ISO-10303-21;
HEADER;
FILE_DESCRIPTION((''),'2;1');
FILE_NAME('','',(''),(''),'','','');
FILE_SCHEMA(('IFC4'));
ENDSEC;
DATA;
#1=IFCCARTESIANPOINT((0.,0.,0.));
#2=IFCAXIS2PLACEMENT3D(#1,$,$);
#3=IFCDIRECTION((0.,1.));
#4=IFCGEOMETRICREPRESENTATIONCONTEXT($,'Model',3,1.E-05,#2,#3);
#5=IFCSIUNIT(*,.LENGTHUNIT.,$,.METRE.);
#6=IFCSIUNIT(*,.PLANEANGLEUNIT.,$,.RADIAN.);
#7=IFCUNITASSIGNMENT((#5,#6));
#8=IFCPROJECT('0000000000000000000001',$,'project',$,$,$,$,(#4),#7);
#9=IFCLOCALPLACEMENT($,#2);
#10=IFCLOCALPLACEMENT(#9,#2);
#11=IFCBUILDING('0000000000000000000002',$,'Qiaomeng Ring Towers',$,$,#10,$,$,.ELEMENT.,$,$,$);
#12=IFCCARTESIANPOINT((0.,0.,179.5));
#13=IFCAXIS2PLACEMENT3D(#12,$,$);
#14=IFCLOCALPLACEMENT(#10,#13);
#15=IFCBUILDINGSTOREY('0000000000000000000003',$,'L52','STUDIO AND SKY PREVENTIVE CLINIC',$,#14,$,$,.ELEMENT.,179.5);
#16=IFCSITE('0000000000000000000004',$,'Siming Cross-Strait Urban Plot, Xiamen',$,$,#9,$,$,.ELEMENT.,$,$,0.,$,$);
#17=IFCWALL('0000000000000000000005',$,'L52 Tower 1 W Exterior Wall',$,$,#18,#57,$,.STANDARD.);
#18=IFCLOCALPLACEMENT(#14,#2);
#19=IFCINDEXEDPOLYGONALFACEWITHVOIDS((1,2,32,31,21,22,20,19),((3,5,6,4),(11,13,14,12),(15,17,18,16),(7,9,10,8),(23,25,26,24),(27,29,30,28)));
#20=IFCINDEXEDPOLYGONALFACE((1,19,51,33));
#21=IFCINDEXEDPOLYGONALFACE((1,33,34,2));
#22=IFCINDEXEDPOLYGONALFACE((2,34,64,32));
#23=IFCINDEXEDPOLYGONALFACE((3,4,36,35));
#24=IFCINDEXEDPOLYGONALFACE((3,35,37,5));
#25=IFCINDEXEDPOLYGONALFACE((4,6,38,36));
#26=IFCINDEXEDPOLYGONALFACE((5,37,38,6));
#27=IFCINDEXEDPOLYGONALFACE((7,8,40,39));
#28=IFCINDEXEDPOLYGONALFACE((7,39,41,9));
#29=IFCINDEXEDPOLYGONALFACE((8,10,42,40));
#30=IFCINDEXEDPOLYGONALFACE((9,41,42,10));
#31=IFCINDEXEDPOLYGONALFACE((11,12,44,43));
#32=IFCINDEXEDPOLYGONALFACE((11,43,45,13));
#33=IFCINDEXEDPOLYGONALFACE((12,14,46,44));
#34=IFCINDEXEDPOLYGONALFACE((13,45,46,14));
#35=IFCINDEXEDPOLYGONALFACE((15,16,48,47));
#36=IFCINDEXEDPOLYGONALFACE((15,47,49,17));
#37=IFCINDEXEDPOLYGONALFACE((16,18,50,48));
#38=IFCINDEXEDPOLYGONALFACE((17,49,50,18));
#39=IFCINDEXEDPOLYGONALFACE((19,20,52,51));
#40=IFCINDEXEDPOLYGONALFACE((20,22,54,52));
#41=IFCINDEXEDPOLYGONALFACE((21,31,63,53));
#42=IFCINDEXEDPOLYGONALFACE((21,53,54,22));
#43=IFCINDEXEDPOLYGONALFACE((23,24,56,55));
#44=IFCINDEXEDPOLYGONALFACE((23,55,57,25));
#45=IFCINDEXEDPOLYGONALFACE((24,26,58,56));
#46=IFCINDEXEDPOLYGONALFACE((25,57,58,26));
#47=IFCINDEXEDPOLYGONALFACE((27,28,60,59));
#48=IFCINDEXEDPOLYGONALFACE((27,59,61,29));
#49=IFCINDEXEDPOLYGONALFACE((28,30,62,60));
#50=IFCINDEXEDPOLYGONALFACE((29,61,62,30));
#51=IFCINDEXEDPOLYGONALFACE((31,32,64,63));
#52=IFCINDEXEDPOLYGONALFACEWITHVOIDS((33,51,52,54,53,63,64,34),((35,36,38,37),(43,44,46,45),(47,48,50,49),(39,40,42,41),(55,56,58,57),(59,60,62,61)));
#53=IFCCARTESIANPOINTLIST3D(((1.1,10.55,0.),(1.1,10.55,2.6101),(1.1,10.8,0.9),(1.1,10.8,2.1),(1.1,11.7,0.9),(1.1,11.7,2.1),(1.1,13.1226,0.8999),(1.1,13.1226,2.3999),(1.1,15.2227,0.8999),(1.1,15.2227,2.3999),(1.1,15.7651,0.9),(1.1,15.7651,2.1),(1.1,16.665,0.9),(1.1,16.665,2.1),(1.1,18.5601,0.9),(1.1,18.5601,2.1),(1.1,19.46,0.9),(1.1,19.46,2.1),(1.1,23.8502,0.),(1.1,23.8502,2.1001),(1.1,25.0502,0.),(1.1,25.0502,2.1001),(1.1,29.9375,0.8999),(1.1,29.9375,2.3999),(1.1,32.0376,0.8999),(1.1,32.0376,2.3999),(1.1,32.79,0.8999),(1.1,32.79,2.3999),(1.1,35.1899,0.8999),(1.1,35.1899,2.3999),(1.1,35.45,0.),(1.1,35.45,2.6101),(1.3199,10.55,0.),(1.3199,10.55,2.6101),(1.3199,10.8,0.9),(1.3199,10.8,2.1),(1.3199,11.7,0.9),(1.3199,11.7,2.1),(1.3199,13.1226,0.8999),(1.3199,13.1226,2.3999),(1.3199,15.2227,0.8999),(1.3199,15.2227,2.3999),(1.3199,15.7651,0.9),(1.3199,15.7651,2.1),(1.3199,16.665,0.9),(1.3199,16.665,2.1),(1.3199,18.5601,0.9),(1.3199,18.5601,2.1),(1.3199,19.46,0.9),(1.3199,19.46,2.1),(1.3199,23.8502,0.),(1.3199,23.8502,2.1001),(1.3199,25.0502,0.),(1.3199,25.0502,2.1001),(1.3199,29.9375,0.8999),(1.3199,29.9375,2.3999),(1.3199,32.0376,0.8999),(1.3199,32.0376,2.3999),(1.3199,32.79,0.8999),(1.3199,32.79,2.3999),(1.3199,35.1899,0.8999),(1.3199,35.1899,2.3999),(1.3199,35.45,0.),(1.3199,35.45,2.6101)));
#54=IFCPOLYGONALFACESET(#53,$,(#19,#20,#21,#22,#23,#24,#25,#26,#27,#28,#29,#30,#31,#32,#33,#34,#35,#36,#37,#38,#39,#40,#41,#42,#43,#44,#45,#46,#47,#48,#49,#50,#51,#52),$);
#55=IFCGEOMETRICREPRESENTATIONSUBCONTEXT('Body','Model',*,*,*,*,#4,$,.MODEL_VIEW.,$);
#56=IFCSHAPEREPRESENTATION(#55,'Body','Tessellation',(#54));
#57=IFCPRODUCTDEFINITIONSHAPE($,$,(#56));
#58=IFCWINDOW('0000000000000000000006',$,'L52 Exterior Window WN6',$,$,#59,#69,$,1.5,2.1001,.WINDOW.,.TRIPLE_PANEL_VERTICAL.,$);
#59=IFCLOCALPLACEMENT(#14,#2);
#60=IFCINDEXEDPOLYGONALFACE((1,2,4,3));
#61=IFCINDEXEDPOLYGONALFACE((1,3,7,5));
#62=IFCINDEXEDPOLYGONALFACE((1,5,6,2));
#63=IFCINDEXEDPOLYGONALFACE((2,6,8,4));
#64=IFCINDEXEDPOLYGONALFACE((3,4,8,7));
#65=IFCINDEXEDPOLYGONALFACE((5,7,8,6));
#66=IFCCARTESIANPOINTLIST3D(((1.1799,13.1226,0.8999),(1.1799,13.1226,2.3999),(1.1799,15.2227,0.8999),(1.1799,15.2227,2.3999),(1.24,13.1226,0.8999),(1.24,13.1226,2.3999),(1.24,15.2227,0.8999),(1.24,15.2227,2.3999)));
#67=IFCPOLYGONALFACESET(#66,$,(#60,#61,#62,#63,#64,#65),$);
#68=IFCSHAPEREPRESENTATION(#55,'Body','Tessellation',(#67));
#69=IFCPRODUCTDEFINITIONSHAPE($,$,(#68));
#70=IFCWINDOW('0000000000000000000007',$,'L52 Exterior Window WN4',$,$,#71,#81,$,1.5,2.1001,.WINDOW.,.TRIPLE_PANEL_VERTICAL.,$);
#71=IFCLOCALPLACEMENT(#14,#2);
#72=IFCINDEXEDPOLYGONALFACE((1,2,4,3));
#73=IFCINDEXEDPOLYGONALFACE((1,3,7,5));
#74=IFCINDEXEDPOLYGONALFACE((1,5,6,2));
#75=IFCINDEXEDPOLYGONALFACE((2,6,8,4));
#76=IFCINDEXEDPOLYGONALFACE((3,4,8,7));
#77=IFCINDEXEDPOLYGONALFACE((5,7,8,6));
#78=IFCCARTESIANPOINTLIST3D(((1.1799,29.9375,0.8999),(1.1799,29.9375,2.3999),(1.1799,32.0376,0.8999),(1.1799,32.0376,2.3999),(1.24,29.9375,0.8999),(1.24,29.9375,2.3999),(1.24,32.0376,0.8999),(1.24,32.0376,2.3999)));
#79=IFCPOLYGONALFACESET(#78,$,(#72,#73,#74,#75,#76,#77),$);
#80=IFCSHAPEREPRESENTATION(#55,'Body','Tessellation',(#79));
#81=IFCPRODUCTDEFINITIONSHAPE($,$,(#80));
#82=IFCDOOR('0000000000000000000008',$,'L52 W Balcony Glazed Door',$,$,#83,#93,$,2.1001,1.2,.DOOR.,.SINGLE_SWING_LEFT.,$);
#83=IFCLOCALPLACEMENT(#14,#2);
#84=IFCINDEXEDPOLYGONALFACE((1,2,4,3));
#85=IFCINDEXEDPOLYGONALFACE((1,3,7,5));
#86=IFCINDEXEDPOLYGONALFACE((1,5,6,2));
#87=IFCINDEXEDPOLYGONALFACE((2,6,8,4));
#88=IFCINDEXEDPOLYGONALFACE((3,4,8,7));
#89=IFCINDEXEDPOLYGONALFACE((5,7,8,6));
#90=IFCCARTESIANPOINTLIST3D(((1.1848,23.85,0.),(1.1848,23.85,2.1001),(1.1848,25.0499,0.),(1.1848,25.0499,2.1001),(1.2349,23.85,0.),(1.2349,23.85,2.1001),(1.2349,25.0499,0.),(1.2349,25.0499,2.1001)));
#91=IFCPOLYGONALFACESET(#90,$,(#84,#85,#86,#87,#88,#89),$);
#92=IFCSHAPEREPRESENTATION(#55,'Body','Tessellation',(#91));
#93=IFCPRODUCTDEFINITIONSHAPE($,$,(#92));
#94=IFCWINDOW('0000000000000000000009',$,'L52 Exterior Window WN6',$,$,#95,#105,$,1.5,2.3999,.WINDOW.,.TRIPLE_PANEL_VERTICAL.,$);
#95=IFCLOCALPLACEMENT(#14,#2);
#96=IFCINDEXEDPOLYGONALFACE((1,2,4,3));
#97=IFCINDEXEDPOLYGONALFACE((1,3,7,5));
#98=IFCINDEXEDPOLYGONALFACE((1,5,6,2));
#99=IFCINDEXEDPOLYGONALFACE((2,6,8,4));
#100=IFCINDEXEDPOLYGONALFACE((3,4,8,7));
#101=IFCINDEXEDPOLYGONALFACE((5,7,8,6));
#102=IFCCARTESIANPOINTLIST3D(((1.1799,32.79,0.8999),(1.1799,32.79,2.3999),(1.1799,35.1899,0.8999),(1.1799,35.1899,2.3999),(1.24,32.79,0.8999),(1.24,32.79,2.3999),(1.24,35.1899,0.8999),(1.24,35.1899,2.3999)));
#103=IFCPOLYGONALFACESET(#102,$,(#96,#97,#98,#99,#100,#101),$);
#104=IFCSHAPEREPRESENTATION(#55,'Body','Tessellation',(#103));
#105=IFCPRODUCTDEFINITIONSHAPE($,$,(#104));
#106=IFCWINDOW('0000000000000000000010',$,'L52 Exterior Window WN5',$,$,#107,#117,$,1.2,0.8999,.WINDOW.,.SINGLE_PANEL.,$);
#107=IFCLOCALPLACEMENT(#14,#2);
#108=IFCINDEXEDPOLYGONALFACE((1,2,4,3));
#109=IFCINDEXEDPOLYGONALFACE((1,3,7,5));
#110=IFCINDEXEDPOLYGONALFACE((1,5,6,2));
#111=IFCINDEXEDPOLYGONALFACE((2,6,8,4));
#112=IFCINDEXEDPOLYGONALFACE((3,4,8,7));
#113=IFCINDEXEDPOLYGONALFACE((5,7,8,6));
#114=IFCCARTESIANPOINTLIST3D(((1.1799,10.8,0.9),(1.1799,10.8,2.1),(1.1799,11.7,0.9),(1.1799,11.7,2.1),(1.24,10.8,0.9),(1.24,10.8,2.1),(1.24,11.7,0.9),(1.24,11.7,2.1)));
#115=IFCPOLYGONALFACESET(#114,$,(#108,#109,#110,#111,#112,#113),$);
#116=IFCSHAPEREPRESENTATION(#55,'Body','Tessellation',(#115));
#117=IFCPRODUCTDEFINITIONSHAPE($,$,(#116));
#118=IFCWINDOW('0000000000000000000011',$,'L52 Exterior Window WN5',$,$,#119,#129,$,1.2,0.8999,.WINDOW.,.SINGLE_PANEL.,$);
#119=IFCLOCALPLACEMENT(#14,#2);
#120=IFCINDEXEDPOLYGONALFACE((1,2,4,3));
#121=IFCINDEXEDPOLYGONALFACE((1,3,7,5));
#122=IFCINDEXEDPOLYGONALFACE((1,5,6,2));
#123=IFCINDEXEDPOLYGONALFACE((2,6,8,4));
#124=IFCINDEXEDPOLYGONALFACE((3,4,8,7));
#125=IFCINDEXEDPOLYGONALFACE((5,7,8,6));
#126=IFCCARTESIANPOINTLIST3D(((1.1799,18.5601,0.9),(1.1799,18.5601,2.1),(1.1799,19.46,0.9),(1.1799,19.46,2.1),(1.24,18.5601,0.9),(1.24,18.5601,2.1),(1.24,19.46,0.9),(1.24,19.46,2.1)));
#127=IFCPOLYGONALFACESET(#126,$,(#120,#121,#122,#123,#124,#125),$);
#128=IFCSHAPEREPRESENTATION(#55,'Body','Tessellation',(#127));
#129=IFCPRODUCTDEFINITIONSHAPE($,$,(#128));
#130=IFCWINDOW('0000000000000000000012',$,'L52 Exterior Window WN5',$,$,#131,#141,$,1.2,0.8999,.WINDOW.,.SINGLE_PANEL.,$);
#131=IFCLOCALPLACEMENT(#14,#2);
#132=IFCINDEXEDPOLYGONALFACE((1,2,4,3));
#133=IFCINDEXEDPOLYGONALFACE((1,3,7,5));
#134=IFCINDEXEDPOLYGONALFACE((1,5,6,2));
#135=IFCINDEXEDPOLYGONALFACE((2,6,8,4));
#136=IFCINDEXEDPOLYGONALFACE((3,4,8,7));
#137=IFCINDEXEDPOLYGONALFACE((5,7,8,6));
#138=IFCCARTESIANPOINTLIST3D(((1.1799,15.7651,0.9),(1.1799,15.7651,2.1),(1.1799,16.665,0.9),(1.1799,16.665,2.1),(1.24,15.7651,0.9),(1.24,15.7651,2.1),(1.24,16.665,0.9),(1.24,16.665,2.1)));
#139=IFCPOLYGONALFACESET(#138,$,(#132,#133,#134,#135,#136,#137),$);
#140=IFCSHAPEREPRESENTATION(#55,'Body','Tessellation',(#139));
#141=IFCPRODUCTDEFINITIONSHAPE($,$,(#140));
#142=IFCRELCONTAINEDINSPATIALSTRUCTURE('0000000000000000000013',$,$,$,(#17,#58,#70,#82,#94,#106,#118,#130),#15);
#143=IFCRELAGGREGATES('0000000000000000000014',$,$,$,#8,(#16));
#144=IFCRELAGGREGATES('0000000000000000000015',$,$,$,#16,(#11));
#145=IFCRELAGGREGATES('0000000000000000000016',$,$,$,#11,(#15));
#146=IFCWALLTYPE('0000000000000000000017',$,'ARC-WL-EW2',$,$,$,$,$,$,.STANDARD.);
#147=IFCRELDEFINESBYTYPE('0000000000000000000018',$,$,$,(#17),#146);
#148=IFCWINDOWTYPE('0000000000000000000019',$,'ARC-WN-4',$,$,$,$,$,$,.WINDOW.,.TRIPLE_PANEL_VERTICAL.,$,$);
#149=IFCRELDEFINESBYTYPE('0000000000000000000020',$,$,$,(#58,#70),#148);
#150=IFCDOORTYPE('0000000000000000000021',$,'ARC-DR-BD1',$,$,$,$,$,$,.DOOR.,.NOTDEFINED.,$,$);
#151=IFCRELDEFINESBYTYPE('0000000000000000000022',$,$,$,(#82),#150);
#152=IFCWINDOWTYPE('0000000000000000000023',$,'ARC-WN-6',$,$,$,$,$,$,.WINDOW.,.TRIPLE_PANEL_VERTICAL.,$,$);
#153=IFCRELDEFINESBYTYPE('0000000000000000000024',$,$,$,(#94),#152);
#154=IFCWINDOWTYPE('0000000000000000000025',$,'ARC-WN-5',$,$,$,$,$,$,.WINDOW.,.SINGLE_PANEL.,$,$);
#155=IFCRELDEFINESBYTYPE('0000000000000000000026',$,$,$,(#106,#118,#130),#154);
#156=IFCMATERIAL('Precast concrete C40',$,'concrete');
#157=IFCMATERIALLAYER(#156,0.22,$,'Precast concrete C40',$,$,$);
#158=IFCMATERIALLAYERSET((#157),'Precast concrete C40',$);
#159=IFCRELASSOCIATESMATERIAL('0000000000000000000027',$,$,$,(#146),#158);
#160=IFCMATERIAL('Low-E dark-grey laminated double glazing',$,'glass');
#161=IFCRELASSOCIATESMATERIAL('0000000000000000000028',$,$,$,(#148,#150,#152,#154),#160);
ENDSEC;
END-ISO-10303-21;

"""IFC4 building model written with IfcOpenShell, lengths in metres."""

from ifc_helpers import new_model, si_unit, direction, frame, frame_2d, origin, place, context, subcontext, project, spatial, rectangle, extrude, source, transform, mapped, material, layer, layer_set, type_object, element, fill, save


model = new_model("IFC4")

# Units and contexts
model_context = context("Model", 3, precision=1e-05, world=origin(), true_north=direction((0.0, 1.0)))
body_context = subcontext(model_context, "Body", "Model", "MODEL_VIEW")
ifc_project = project(units=[si_unit("LENGTHUNIT", "METRE"), si_unit("PLANEANGLEUNIT", "RADIAN")], contexts=[model_context])

# Site, building, storey
site_placement = place(None, origin())
site = spatial("IfcSite", under=ifc_project, at=site_placement, Name="Siming Cross-Strait Urban Plot, Xiamen", CompositionType="ELEMENT", RefElevation=0.0)
building_placement = place(site_placement, origin())
building = spatial("IfcBuilding", under=site, at=building_placement, Name="Qiaomeng Ring Towers", CompositionType="ELEMENT")
storey_placement = place(building_placement, frame((0.0, 0.0, 179.5)))
storey = spatial("IfcBuildingStorey", under=building, at=storey_placement, Name="L52", Description="STUDIO AND SKY PREVENTIVE CLINIC", CompositionType="ELEMENT", Elevation=179.5)

# Shared definitions
ifc_material_1 = material(Name="Precast concrete C40", Category="concrete")

# Wall, openings, windows, door
ifc_layer_1 = layer(ifc_material_1, 0.22, Name="Precast concrete C40")
ifc_layer_set_1 = layer_set([ifc_layer_1], Name="Precast concrete C40")
wall_type_1 = type_object("IfcWallType", Name="ARC-WL-EW2", PredefinedType="STANDARD", material=ifc_layer_set_1)
wall_1_placement = place(storey_placement, frame((1.21, 10.55, 0.0), z_axis=(0.0, 0.0, 1.0), x_axis=(0.0, 1.0, 0.0)))
wall_1 = element("IfcWall", 1, at=wall_1_placement, inside=storey, type_object=wall_type_1, Name="L52 Tower 1 W Exterior Wall", PredefinedType="STANDARD", context=body_context, shape_type="SweptSolid", body=[
    extrude(rectangle(XDim=24.8999, YDim=0.22, at=frame_2d((12.45, 0.0))), origin(), (0.0, 0.0, 1.0), 2.6101),
])
opening_1_placement = place(wall_1_placement, frame((13.3, 0.0, 0.0)))
opening_1 = element("IfcOpeningElement", 2, at=opening_1_placement, cuts=wall_1, PredefinedType="OPENING", context=body_context, shape_type="SweptSolid", body=[
    extrude(rectangle(XDim=1.2, YDim=2.1001, at=frame_2d((0.6001, 1.05))), frame((0.0, 0.1199, 0.0), z_axis=(0.0, -1.0, 0.0), x_axis=(1.0, 0.0, 0.0)), (0.0, 0.0, 1.0), 0.24),
])
opening_2_placement = place(wall_1_placement, frame((2.5725, 0.0, 0.8999)))
opening_2 = element("IfcOpeningElement", 3, at=opening_2_placement, cuts=wall_1, PredefinedType="OPENING", context=body_context, shape_type="SweptSolid", body=[
    extrude(rectangle(XDim=2.1001, YDim=1.5, at=frame_2d((1.05, 0.75))), frame((0.0, 0.1199, 0.0), z_axis=(0.0, -1.0, 0.0), x_axis=(1.0, 0.0, 0.0)), (0.0, 0.0, 1.0), 0.24),
])
opening_3_placement = place(wall_1_placement, frame((19.3875, 0.0, 0.8999)))
opening_3 = element("IfcOpeningElement", 4, at=opening_3_placement, cuts=wall_1, PredefinedType="OPENING", context=body_context, shape_type="SweptSolid", body=[
    extrude(rectangle(XDim=2.1001, YDim=1.5, at=frame_2d((1.05, 0.75))), frame((0.0, 0.1199, 0.0), z_axis=(0.0, -1.0, 0.0), x_axis=(1.0, 0.0, 0.0)), (0.0, 0.0, 1.0), 0.24),
])
opening_4_placement = place(wall_1_placement, frame((22.24, 0.0, 0.8999)))
opening_4 = element("IfcOpeningElement", 5, at=opening_4_placement, cuts=wall_1, PredefinedType="OPENING", context=body_context, shape_type="SweptSolid", body=[
    extrude(rectangle(XDim=2.3999, YDim=1.5, at=frame_2d((1.2, 0.75))), frame((0.0, 0.1199, 0.0), z_axis=(0.0, -1.0, 0.0), x_axis=(1.0, 0.0, 0.0)), (0.0, 0.0, 1.0), 0.24),
])
opening_5_placement = place(wall_1_placement, frame((0.25, 0.0, 0.8999)))
opening_5 = element("IfcOpeningElement", 6, at=opening_5_placement, cuts=wall_1, PredefinedType="OPENING", context=body_context, shape_type="SweptSolid", body=[
    extrude(rectangle(XDim=0.8999, YDim=1.2, at=frame_2d((0.45, 0.6001))), frame((0.0, 0.1199, 0.0), z_axis=(0.0, -1.0, 0.0), x_axis=(1.0, 0.0, 0.0)), (0.0, 0.0, 1.0), 0.24),
])
opening_6_placement = place(wall_1_placement, frame((8.01, 0.0, 0.8999)))
opening_6 = element("IfcOpeningElement", 7, at=opening_6_placement, cuts=wall_1, PredefinedType="OPENING", context=body_context, shape_type="SweptSolid", body=[
    extrude(rectangle(XDim=0.8999, YDim=1.2, at=frame_2d((0.45, 0.6001))), frame((0.0, 0.1199, 0.0), z_axis=(0.0, -1.0, 0.0), x_axis=(1.0, 0.0, 0.0)), (0.0, 0.0, 1.0), 0.24),
])
opening_7_placement = place(wall_1_placement, frame((5.2151, 0.0, 0.8999)))
opening_7 = element("IfcOpeningElement", 8, at=opening_7_placement, cuts=wall_1, PredefinedType="OPENING", context=body_context, shape_type="SweptSolid", body=[
    extrude(rectangle(XDim=0.8999, YDim=1.2, at=frame_2d((0.45, 0.6001))), frame((0.0, 0.1199, 0.0), z_axis=(0.0, -1.0, 0.0), x_axis=(1.0, 0.0, 0.0)), (0.0, 0.0, 1.0), 0.24),
])
ifc_material_2 = material(Name="Low-E dark-grey laminated double glazing", Category="glass")
window_type_1 = type_object("IfcWindowType", Name="ARC-WN-4", PartitioningType="TRIPLE_PANEL_VERTICAL", PredefinedType="WINDOW", material=ifc_material_2)
shared_shape_1 = source(origin(), body_context, "Body", "SweptSolid", [
    extrude(rectangle(XDim=2.1001, YDim=1.5, at=frame_2d((1.05, 0.75))), frame((0.0, 0.03, 0.0), z_axis=(0.0, -1.0, 0.0), x_axis=(1.0, 0.0, 0.0)), (0.0, 0.0, 1.0), 0.0601),
])
window_1_placement = place(opening_2_placement, origin())
window_1 = element("IfcWindow", 9, at=window_1_placement, inside=storey, type_object=window_type_1, Name="L52 Exterior Window WN6", OverallHeight=1.5, OverallWidth=2.1001, PartitioningType="TRIPLE_PANEL_VERTICAL", PredefinedType="WINDOW", context=body_context, shape_type="MappedRepresentation", body=[
    mapped(shared_shape_1, transform((0.0, 0.0, 0.0), x_axis=(1.0, 0.0, 0.0), y_axis=(0.0, 1.0, 0.0), z_axis=(0.0, 0.0, 1.0), scale=1.0)),
])
fill(opening_2, window_1)
window_2_placement = place(opening_3_placement, origin())
window_2 = element("IfcWindow", 10, at=window_2_placement, inside=storey, type_object=window_type_1, Name="L52 Exterior Window WN4", OverallHeight=1.5, OverallWidth=2.1001, PartitioningType="TRIPLE_PANEL_VERTICAL", PredefinedType="WINDOW", context=body_context, shape_type="MappedRepresentation", body=[
    mapped(shared_shape_1, transform((0.0, 0.0, 0.0), x_axis=(1.0, 0.0, 0.0), y_axis=(0.0, 1.0, 0.0), z_axis=(0.0, 0.0, 1.0), scale=1.0)),
])
fill(opening_3, window_2)
door_type = type_object("IfcDoorType", Name="ARC-DR-BD1", OperationType="NOTDEFINED", PredefinedType="DOOR", material=ifc_material_2)
shared_shape_2 = source(origin(), body_context, "Body", "SweptSolid", [
    extrude(rectangle(XDim=1.2, YDim=2.1001, at=frame_2d((0.6001, 1.05))), frame((0.0, 0.0249, 0.0), z_axis=(0.0, -1.0, 0.0), x_axis=(1.0, 0.0, 0.0)), (0.0, 0.0, 1.0), 0.05),
])
door_placement = place(opening_1_placement, frame((1.2, 0.0, 0.0), z_axis=(0.0, 0.0, 1.0), x_axis=(-1.0, 0.0, 0.0)))
door = element("IfcDoor", 11, at=door_placement, inside=storey, type_object=door_type, Name="L52 W Balcony Glazed Door", OperationType="SINGLE_SWING_LEFT", OverallHeight=2.1001, OverallWidth=1.2, PredefinedType="DOOR", context=body_context, shape_type="MappedRepresentation", body=[
    mapped(shared_shape_2, transform((0.0, 0.0, 0.0), x_axis=(1.0, 0.0, 0.0), y_axis=(0.0, 1.0, 0.0), z_axis=(0.0, 0.0, 1.0), scale=1.0)),
])
fill(opening_1, door)
window_type_2 = type_object("IfcWindowType", Name="ARC-WN-6", PartitioningType="TRIPLE_PANEL_VERTICAL", PredefinedType="WINDOW", material=ifc_material_2)
shared_shape_3 = source(origin(), body_context, "Body", "SweptSolid", [
    extrude(rectangle(XDim=2.3999, YDim=1.5, at=frame_2d((1.2, 0.75))), frame((0.0, 0.03, 0.0), z_axis=(0.0, -1.0, 0.0), x_axis=(1.0, 0.0, 0.0)), (0.0, 0.0, 1.0), 0.0601),
])
window_3_placement = place(opening_4_placement, origin())
window_3 = element("IfcWindow", 12, at=window_3_placement, inside=storey, type_object=window_type_2, Name="L52 Exterior Window WN6", OverallHeight=1.5, OverallWidth=2.3999, PartitioningType="TRIPLE_PANEL_VERTICAL", PredefinedType="WINDOW", context=body_context, shape_type="MappedRepresentation", body=[
    mapped(shared_shape_3, transform((0.0, 0.0, 0.0), x_axis=(1.0, 0.0, 0.0), y_axis=(0.0, 1.0, 0.0), z_axis=(0.0, 0.0, 1.0), scale=1.0)),
])
fill(opening_4, window_3)
window_type_3 = type_object("IfcWindowType", Name="ARC-WN-5", PartitioningType="SINGLE_PANEL", PredefinedType="WINDOW", material=ifc_material_2)
shared_shape_4 = source(origin(), body_context, "Body", "SweptSolid", [
    extrude(rectangle(XDim=0.8999, YDim=1.2, at=frame_2d((0.45, 0.6001))), frame((0.0, 0.03, 0.0), z_axis=(0.0, -1.0, 0.0), x_axis=(1.0, 0.0, 0.0)), (0.0, 0.0, 1.0), 0.0601),
])
window_4_placement = place(opening_5_placement, origin())
window_4 = element("IfcWindow", 13, at=window_4_placement, inside=storey, type_object=window_type_3, Name="L52 Exterior Window WN5", OverallHeight=1.2, OverallWidth=0.8999, PartitioningType="SINGLE_PANEL", PredefinedType="WINDOW", context=body_context, shape_type="MappedRepresentation", body=[
    mapped(shared_shape_4, transform((0.0, 0.0, 0.0), x_axis=(1.0, 0.0, 0.0), y_axis=(0.0, 1.0, 0.0), z_axis=(0.0, 0.0, 1.0), scale=1.0)),
])
fill(opening_5, window_4)
window_5_placement = place(opening_6_placement, origin())
window_5 = element("IfcWindow", 14, at=window_5_placement, inside=storey, type_object=window_type_3, Name="L52 Exterior Window WN5", OverallHeight=1.2, OverallWidth=0.8999, PartitioningType="SINGLE_PANEL", PredefinedType="WINDOW", context=body_context, shape_type="MappedRepresentation", body=[
    mapped(shared_shape_4, transform((0.0, 0.0, 0.0), x_axis=(1.0, 0.0, 0.0), y_axis=(0.0, 1.0, 0.0), z_axis=(0.0, 0.0, 1.0), scale=1.0)),
])
fill(opening_6, window_5)
window_6_placement = place(opening_7_placement, origin())
window_6 = element("IfcWindow", 15, at=window_6_placement, inside=storey, type_object=window_type_3, Name="L52 Exterior Window WN5", OverallHeight=1.2, OverallWidth=0.8999, PartitioningType="SINGLE_PANEL", PredefinedType="WINDOW", context=body_context, shape_type="MappedRepresentation", body=[
    mapped(shared_shape_4, transform((0.0, 0.0, 0.0), x_axis=(1.0, 0.0, 0.0), y_axis=(0.0, 1.0, 0.0), z_axis=(0.0, 0.0, 1.0), scale=1.0)),
])
fill(opening_7, window_6)

save(model, "model.ifc")
